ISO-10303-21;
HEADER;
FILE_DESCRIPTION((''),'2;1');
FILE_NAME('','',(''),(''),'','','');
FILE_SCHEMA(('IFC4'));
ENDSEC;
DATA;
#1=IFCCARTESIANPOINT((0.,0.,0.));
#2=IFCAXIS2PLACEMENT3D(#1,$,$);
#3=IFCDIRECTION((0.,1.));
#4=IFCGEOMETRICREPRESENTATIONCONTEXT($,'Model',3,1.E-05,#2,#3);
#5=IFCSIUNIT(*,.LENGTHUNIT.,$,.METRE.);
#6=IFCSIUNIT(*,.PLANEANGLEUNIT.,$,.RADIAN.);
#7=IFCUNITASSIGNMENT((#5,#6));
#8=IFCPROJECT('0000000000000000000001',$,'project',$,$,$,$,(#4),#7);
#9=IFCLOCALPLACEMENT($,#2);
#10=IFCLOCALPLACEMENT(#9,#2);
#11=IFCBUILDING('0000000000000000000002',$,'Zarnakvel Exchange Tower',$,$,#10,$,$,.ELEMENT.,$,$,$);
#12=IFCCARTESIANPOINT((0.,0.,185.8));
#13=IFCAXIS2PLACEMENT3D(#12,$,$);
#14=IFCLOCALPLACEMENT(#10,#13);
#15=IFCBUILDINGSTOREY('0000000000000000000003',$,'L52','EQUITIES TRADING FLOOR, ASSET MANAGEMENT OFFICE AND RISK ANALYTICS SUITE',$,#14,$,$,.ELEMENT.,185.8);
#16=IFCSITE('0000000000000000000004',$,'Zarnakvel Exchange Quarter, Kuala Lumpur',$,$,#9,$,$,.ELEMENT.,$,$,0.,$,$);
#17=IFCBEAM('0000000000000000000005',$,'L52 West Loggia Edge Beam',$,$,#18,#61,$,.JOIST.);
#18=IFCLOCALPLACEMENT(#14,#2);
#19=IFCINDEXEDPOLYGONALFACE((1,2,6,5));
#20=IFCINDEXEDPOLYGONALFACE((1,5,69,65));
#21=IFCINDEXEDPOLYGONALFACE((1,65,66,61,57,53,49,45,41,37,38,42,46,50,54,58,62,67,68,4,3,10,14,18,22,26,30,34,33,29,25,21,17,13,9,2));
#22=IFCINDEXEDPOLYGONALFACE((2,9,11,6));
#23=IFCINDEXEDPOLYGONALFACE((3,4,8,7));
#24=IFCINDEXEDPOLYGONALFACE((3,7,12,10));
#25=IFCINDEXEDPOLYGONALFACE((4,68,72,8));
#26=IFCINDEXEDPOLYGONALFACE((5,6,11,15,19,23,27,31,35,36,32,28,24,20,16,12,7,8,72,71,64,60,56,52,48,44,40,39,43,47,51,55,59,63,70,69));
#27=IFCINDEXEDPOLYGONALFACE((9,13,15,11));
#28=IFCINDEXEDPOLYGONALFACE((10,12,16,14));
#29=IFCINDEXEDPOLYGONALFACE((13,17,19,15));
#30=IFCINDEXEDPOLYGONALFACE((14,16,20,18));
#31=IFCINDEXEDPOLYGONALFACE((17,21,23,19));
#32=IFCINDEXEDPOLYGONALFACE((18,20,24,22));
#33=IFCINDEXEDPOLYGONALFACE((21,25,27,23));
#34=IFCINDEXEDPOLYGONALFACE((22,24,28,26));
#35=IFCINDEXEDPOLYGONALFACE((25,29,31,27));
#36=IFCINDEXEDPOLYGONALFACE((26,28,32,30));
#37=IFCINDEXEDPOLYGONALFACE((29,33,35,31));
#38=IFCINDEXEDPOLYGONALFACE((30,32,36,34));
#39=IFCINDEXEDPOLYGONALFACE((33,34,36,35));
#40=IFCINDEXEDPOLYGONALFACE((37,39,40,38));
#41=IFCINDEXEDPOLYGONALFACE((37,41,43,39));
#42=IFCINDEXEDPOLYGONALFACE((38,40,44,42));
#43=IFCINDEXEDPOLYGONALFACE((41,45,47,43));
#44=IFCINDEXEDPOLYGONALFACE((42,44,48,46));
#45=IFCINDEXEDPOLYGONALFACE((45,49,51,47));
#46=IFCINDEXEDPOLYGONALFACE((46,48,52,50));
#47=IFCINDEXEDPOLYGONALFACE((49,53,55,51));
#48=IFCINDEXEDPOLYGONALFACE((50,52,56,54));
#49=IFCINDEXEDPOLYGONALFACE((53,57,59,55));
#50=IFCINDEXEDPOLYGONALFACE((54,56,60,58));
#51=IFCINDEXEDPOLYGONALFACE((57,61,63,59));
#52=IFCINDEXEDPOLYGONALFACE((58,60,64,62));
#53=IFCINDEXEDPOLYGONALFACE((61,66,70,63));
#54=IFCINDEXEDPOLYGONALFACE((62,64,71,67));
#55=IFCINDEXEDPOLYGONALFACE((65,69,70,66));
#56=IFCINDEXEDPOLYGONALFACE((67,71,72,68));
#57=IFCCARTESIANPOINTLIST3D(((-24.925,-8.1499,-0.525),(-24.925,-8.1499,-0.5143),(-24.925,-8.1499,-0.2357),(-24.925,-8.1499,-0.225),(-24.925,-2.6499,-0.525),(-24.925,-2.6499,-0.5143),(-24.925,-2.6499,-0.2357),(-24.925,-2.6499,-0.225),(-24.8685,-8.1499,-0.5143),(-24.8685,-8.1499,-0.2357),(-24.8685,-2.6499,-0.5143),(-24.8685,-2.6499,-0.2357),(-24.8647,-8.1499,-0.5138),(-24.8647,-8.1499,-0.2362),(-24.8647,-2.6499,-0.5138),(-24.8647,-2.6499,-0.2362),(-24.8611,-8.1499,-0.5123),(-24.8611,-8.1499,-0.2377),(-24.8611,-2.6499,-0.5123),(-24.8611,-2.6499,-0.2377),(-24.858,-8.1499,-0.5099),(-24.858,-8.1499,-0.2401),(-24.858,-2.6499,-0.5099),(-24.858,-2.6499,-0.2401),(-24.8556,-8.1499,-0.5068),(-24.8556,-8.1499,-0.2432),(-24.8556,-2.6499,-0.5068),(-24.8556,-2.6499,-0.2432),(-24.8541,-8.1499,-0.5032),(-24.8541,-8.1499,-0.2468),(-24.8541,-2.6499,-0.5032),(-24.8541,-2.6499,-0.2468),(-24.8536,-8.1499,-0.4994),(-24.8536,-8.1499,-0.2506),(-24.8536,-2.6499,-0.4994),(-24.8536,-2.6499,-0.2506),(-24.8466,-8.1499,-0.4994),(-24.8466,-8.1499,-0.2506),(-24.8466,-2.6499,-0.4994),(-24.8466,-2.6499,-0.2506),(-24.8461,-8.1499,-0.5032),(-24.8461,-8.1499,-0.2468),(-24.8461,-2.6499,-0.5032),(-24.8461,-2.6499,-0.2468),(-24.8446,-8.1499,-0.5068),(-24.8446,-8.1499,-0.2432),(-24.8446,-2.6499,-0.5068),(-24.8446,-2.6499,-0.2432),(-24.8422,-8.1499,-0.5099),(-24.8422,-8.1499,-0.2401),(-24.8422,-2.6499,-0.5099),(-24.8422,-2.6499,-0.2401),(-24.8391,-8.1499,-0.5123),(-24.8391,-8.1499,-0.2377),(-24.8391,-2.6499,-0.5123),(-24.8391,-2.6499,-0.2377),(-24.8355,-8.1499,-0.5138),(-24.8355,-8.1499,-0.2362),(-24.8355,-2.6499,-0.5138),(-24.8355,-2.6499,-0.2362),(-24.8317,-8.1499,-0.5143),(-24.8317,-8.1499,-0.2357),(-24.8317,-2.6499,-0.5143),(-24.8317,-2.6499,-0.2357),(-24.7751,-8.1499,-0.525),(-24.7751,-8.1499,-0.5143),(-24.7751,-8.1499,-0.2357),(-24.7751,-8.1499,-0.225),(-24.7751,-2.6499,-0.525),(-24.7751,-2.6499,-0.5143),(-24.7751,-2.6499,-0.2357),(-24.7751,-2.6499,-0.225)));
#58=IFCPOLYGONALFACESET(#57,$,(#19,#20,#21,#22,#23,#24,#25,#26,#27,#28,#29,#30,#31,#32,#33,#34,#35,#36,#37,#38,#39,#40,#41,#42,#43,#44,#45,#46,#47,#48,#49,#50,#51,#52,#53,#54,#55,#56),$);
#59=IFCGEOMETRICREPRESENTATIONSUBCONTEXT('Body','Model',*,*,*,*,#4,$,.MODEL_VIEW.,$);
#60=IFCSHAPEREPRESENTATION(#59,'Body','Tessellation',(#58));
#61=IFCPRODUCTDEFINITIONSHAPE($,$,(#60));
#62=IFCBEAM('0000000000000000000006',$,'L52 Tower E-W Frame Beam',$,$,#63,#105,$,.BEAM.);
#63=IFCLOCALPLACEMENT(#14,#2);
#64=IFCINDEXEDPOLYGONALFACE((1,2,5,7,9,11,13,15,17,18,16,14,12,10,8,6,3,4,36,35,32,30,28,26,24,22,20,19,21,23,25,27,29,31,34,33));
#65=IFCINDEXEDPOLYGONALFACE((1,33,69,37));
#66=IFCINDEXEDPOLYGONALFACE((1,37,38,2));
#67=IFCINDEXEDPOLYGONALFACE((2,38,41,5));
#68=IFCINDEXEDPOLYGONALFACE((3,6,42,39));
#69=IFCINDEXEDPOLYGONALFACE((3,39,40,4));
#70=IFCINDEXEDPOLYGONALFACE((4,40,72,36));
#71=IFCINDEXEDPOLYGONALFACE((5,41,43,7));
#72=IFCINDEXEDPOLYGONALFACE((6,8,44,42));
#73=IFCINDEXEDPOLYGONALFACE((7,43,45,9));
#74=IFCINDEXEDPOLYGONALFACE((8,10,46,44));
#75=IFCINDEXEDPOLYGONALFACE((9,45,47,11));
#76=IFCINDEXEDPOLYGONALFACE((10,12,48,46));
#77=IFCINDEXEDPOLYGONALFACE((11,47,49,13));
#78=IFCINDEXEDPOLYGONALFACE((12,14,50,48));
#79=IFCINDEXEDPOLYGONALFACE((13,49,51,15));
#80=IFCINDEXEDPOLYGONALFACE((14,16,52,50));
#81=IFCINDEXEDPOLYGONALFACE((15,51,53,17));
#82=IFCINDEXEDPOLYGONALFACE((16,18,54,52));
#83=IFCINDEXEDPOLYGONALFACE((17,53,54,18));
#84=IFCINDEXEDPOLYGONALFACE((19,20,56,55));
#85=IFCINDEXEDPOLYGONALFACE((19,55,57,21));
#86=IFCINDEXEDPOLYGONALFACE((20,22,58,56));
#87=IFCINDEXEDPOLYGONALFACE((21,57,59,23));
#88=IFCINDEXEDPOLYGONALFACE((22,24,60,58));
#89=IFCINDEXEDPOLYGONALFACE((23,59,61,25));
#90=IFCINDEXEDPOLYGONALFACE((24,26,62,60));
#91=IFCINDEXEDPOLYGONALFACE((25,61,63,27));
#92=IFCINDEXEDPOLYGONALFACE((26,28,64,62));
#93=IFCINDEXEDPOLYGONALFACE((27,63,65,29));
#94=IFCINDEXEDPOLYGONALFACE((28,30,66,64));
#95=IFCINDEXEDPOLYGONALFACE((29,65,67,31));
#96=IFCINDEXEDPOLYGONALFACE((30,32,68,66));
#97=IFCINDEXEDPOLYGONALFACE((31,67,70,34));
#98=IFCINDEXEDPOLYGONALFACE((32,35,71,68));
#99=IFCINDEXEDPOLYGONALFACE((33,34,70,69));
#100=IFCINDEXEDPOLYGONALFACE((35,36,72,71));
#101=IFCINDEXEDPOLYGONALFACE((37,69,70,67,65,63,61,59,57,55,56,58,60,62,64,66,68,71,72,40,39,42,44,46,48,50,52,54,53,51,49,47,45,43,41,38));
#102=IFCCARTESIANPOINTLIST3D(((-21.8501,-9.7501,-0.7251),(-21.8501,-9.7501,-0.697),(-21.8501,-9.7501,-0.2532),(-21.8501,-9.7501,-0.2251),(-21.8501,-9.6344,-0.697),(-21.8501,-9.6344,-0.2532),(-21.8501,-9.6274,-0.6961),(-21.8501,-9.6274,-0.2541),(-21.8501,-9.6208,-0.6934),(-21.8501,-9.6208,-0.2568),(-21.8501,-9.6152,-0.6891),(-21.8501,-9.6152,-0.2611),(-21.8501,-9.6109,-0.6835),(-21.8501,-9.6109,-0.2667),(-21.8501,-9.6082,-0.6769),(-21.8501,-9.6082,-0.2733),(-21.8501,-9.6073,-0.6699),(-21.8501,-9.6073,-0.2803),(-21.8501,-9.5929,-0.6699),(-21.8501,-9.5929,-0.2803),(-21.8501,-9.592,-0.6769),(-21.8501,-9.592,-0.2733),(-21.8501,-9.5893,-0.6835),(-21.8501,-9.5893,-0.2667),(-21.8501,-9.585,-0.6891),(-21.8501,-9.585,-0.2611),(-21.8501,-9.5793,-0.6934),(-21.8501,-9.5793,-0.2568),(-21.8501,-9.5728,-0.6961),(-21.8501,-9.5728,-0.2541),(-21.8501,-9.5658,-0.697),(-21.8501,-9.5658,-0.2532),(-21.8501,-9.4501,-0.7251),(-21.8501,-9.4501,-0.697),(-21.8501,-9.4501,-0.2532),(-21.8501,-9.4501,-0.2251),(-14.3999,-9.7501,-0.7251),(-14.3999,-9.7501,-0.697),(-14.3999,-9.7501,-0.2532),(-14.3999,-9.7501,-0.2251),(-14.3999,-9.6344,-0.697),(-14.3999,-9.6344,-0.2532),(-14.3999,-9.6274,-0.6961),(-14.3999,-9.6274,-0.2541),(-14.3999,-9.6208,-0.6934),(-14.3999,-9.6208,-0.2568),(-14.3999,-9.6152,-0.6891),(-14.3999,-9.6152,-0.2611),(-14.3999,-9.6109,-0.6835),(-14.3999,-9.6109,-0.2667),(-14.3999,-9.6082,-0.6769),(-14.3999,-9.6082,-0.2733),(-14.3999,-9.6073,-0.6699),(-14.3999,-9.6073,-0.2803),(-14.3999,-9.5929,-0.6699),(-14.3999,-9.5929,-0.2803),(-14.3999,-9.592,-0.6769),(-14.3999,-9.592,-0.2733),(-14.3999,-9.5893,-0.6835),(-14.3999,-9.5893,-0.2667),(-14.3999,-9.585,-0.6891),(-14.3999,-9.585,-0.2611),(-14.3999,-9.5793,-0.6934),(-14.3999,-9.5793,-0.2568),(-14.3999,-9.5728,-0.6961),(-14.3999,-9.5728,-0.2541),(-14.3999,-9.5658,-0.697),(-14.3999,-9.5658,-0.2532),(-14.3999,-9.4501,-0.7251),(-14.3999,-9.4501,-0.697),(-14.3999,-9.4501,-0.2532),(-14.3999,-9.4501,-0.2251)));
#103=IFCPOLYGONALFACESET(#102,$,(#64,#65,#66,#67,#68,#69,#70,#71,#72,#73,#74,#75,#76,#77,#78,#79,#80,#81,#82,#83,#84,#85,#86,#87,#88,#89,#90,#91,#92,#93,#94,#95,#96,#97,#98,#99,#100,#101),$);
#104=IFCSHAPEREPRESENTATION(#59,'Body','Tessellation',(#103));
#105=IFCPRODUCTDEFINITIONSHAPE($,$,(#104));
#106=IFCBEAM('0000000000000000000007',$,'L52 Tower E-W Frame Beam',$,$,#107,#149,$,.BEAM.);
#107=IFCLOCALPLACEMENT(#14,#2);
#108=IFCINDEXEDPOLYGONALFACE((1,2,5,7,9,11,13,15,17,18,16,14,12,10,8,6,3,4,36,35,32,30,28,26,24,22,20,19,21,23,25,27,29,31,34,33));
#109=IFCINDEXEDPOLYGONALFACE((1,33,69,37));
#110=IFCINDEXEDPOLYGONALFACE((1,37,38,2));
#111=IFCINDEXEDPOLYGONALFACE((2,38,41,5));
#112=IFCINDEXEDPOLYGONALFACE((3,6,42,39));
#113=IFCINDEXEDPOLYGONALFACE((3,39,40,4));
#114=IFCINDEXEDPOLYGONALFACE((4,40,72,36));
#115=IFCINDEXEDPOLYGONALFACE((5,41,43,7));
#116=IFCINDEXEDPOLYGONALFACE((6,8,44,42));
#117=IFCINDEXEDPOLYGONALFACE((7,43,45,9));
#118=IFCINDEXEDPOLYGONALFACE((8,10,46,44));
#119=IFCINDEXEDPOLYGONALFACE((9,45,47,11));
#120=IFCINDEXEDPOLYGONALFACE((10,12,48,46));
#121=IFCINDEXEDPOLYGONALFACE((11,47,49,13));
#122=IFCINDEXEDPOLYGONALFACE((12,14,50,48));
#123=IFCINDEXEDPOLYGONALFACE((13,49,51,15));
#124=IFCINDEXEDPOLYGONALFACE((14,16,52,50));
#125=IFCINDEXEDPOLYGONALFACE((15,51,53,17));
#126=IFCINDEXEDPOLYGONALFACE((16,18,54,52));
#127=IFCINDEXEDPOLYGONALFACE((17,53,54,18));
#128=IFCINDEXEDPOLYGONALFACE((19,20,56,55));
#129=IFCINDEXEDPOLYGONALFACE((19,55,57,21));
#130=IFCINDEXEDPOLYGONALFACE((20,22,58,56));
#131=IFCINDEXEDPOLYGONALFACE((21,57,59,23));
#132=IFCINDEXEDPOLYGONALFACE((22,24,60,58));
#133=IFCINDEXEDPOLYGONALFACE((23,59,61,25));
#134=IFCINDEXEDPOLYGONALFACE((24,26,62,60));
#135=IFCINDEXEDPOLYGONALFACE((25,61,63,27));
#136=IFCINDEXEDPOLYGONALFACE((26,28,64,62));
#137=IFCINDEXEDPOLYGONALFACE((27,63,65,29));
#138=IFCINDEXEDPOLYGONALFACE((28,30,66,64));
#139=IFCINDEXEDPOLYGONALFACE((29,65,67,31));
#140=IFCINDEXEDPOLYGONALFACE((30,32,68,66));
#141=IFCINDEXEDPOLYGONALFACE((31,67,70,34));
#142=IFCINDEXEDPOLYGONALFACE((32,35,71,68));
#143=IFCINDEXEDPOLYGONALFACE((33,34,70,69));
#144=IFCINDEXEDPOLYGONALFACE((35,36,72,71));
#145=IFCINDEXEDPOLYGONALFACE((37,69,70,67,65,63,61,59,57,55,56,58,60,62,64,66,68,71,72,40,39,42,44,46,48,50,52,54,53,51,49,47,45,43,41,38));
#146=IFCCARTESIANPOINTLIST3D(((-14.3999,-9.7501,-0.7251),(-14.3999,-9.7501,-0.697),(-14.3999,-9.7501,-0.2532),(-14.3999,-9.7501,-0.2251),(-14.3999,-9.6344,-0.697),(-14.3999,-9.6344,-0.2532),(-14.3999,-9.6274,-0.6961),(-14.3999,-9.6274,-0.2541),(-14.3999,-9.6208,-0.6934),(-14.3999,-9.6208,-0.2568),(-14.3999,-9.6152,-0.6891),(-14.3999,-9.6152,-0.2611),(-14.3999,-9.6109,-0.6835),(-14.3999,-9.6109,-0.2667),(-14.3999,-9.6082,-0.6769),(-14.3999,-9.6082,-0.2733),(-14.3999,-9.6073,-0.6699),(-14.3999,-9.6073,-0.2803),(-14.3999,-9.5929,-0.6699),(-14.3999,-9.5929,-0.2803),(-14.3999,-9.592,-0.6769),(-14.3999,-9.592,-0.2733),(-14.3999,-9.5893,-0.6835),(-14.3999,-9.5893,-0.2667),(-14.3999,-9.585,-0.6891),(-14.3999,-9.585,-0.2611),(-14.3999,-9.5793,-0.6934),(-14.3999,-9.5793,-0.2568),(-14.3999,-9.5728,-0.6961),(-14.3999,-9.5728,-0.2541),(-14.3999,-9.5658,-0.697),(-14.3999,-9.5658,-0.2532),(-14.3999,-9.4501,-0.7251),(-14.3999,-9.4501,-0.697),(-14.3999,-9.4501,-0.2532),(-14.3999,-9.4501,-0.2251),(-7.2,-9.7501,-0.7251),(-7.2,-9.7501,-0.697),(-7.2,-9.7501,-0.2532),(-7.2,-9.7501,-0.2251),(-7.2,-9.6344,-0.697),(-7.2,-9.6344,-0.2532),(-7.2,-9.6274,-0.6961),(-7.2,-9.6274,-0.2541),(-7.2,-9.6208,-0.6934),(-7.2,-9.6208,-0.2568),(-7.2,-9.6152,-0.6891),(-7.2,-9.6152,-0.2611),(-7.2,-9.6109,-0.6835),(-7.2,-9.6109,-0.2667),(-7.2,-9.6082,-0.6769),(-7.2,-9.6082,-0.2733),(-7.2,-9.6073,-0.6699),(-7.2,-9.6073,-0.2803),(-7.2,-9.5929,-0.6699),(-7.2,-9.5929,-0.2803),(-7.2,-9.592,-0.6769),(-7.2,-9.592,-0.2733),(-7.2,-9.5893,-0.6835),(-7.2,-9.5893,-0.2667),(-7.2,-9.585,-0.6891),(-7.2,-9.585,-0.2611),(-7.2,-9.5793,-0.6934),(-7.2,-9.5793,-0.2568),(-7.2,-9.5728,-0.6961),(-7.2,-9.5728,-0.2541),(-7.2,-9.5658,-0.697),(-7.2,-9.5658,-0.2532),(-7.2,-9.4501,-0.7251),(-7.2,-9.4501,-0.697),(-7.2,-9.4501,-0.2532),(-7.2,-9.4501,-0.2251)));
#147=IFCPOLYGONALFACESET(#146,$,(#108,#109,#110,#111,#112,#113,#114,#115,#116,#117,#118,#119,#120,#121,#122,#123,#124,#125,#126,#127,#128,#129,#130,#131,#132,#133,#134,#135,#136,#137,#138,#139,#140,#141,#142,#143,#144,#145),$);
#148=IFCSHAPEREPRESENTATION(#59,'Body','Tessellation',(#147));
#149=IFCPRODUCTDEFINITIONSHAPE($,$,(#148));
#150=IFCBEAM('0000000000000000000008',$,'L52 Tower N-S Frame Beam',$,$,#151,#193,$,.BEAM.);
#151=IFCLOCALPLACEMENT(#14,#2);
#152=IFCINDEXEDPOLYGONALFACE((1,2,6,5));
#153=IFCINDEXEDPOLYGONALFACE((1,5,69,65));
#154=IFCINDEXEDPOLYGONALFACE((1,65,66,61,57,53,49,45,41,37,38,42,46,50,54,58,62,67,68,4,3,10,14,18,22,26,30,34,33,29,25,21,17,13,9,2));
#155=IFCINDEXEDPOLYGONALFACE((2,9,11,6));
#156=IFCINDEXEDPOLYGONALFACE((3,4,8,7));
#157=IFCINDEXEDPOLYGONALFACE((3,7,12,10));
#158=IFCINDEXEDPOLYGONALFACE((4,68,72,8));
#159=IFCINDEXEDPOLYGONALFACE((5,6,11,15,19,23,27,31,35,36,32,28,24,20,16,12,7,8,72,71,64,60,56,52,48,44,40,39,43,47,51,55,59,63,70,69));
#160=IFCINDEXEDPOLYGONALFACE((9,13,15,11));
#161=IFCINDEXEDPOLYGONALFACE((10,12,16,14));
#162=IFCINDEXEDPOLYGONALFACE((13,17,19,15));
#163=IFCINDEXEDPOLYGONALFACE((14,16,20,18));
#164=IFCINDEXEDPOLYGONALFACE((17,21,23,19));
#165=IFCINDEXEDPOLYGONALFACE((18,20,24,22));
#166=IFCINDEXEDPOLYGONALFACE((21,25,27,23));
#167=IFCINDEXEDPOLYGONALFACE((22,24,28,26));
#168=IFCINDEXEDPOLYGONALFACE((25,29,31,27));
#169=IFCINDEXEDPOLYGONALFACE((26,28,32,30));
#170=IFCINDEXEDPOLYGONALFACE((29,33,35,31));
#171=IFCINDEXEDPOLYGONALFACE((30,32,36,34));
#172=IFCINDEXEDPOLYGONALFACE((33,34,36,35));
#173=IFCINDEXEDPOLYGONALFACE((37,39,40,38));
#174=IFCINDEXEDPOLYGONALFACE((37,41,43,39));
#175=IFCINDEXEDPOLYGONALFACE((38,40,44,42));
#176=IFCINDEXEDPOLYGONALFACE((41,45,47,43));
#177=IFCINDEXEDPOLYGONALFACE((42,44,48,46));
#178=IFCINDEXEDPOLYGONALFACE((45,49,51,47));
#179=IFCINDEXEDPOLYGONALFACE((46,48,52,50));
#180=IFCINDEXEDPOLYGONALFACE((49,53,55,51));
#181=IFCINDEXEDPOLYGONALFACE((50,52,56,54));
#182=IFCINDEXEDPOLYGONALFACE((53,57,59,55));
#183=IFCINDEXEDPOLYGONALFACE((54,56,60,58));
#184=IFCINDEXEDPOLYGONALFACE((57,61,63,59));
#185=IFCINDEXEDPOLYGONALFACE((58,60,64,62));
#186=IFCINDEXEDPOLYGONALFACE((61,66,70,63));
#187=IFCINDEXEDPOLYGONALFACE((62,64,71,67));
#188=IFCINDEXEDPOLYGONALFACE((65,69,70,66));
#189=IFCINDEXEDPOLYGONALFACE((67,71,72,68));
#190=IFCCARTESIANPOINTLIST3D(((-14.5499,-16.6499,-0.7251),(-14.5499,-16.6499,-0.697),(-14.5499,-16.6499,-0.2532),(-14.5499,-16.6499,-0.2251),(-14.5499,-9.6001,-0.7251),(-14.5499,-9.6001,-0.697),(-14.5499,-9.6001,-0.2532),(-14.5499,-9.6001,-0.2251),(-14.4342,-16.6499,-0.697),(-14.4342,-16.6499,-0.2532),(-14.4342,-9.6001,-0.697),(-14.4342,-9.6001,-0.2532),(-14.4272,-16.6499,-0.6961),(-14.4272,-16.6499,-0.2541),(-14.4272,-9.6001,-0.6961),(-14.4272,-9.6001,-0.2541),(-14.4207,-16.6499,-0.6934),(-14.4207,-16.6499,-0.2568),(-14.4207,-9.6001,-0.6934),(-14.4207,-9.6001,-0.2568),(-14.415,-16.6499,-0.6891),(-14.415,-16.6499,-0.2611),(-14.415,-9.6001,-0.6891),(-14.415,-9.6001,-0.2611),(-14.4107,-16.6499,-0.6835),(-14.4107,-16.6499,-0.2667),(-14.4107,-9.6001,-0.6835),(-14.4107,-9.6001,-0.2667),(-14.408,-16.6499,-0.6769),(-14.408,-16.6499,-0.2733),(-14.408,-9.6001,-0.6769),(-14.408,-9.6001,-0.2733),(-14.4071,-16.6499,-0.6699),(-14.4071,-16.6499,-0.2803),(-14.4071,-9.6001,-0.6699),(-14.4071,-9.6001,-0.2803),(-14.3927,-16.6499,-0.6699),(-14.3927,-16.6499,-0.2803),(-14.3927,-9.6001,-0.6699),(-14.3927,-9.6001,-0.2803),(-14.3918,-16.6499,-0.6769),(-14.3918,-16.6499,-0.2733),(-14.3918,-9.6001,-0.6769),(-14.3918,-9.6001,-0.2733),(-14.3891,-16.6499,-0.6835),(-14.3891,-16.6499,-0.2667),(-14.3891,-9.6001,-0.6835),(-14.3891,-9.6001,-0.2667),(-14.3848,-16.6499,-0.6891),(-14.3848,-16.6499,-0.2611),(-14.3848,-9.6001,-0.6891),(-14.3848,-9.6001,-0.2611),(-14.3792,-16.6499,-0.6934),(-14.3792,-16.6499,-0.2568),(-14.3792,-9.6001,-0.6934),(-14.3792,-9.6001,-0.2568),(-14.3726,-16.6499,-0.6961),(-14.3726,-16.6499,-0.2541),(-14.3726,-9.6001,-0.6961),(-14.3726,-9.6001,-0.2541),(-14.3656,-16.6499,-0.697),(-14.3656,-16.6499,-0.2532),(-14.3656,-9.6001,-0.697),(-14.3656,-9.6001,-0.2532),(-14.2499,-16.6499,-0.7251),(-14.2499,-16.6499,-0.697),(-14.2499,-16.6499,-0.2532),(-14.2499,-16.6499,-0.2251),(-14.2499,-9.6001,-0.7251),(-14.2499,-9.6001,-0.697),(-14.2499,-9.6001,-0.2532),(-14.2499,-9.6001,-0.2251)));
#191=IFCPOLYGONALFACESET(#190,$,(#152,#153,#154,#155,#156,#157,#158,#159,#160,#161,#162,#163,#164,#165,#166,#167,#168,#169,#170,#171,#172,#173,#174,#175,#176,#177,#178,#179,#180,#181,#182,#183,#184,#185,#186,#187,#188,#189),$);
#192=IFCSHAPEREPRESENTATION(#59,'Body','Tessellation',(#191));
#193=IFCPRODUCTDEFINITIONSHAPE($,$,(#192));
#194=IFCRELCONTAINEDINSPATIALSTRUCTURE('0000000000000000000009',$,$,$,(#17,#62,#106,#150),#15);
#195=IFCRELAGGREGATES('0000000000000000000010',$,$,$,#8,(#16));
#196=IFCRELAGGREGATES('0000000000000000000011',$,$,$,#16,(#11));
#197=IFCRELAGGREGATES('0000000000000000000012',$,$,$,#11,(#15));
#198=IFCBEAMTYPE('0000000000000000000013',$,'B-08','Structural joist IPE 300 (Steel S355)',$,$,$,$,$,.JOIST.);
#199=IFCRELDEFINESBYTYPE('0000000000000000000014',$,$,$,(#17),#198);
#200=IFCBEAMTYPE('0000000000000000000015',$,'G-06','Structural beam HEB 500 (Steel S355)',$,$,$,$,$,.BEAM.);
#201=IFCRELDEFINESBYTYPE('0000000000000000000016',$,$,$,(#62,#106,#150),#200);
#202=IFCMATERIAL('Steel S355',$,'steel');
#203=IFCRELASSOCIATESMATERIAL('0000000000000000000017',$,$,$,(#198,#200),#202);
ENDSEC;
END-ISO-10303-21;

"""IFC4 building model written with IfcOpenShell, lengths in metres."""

from ifc_helpers import new_model, si_unit, direction, frame, origin, origin_2d, place, context, subcontext, project, spatial, i_section, extrude, material, material_profile, profile_set, type_object, element, save


model = new_model("IFC4")

# Units and contexts
model_context = context("Model", 3, precision=1e-05, world=origin(), true_north=direction((0.0, 1.0)))
body_context = subcontext(model_context, "Body", "Model", "MODEL_VIEW")
ifc_project = project(units=[si_unit("LENGTHUNIT", "METRE"), si_unit("PLANEANGLEUNIT", "RADIAN")], contexts=[model_context])

# Site, building, storey
site_placement = place(None, origin())
site = spatial("IfcSite", under=ifc_project, at=site_placement, Name="Zarnakvel Exchange Quarter, Kuala Lumpur", CompositionType="ELEMENT", RefElevation=0.0)
building_placement = place(site_placement, origin())
building = spatial("IfcBuilding", under=site, at=building_placement, Name="Zarnakvel Exchange Tower", CompositionType="ELEMENT")
storey_placement = place(building_placement, frame((0.0, 0.0, 185.8)))
storey = spatial("IfcBuildingStorey", under=building, at=storey_placement, Name="L52", Description="EQUITIES TRADING FLOOR, ASSET MANAGEMENT OFFICE AND RISK ANALYTICS SUITE", CompositionType="ELEMENT", Elevation=185.8)

# Shared definitions
ifc_material_1 = material(Name="Steel S355", Category="steel")

# Beams
ifc_material_profile_1 = material_profile(ifc_material_1, i_section(OverallWidth=0.1499, OverallDepth=0.3, WebThickness=0.0071, FlangeThickness=0.0107, FilletRadius=0.0149, at=origin_2d()))
ifc_profile_set_1 = profile_set([ifc_material_profile_1], Name="Steel S355")
beam_type_1 = type_object("IfcBeamType", Name="B-08", Description="Structural joist IPE 300 (Steel S355)", PredefinedType="JOIST", material=ifc_profile_set_1)
beam_1_placement = place(storey_placement, frame((-24.8501, -8.1499, -0.375), z_axis=(0.0, 1.0, 0.0), x_axis=(-1.0, 0.0, 0.0)))
element("IfcBeam", 1, at=beam_1_placement, inside=storey, type_object=beam_type_1, Name="L52 West Loggia Edge Beam", PredefinedType="JOIST", context=body_context, shape_type="SweptSolid", body=[
    extrude(i_section(OverallWidth=0.1499, OverallDepth=0.3, WebThickness=0.0071, FlangeThickness=0.0107, FilletRadius=0.0149, at=origin_2d()), origin(), (0.0, 0.0, 1.0), 5.5),
])
ifc_material_profile_2 = material_profile(ifc_material_1, i_section(OverallWidth=0.3, OverallDepth=0.5, WebThickness=0.0144, FlangeThickness=0.0281, FilletRadius=0.0271, at=origin_2d()))
ifc_profile_set_2 = profile_set([ifc_material_profile_2], Name="Steel S355")
beam_type_2 = type_object("IfcBeamType", Name="G-06", Description="Structural beam HEB 500 (Steel S355)", PredefinedType="BEAM", material=ifc_profile_set_2)
beam_2_placement = place(storey_placement, frame((-21.8501, -9.6001, -0.4751), z_axis=(1.0, 0.0, 0.0), x_axis=(0.0, 1.0, 0.0)))
element("IfcBeam", 2, at=beam_2_placement, inside=storey, type_object=beam_type_2, Name="L52 Tower E-W Frame Beam", PredefinedType="BEAM", context=body_context, shape_type="SweptSolid", body=[
    extrude(i_section(OverallWidth=0.3, OverallDepth=0.5, WebThickness=0.0144, FlangeThickness=0.0281, FilletRadius=0.0271, at=origin_2d()), origin(), (0.0, 0.0, 1.0), 7.4502),
])
beam_3_placement = place(storey_placement, frame((-14.3999, -9.6001, -0.4751), z_axis=(1.0, 0.0, 0.0), x_axis=(0.0, 1.0, 0.0)))
element("IfcBeam", 3, at=beam_3_placement, inside=storey, type_object=beam_type_2, Name="L52 Tower E-W Frame Beam", PredefinedType="BEAM", context=body_context, shape_type="SweptSolid", body=[
    extrude(i_section(OverallWidth=0.3, OverallDepth=0.5, WebThickness=0.0144, FlangeThickness=0.0281, FilletRadius=0.0271, at=origin_2d()), origin(), (0.0, 0.0, 1.0), 7.2),
])
beam_4_placement = place(storey_placement, frame((-14.3999, -16.6499, -0.4751), z_axis=(0.0, 1.0, 0.0), x_axis=(-1.0, 0.0, 0.0)))
element("IfcBeam", 4, at=beam_4_placement, inside=storey, type_object=beam_type_2, Name="L52 Tower N-S Frame Beam", PredefinedType="BEAM", context=body_context, shape_type="SweptSolid", body=[
    extrude(i_section(OverallWidth=0.3, OverallDepth=0.5, WebThickness=0.0144, FlangeThickness=0.0281, FilletRadius=0.0271, at=origin_2d()), origin(), (0.0, 0.0, 1.0), 7.0498),
])

save(model, "model.ifc")
